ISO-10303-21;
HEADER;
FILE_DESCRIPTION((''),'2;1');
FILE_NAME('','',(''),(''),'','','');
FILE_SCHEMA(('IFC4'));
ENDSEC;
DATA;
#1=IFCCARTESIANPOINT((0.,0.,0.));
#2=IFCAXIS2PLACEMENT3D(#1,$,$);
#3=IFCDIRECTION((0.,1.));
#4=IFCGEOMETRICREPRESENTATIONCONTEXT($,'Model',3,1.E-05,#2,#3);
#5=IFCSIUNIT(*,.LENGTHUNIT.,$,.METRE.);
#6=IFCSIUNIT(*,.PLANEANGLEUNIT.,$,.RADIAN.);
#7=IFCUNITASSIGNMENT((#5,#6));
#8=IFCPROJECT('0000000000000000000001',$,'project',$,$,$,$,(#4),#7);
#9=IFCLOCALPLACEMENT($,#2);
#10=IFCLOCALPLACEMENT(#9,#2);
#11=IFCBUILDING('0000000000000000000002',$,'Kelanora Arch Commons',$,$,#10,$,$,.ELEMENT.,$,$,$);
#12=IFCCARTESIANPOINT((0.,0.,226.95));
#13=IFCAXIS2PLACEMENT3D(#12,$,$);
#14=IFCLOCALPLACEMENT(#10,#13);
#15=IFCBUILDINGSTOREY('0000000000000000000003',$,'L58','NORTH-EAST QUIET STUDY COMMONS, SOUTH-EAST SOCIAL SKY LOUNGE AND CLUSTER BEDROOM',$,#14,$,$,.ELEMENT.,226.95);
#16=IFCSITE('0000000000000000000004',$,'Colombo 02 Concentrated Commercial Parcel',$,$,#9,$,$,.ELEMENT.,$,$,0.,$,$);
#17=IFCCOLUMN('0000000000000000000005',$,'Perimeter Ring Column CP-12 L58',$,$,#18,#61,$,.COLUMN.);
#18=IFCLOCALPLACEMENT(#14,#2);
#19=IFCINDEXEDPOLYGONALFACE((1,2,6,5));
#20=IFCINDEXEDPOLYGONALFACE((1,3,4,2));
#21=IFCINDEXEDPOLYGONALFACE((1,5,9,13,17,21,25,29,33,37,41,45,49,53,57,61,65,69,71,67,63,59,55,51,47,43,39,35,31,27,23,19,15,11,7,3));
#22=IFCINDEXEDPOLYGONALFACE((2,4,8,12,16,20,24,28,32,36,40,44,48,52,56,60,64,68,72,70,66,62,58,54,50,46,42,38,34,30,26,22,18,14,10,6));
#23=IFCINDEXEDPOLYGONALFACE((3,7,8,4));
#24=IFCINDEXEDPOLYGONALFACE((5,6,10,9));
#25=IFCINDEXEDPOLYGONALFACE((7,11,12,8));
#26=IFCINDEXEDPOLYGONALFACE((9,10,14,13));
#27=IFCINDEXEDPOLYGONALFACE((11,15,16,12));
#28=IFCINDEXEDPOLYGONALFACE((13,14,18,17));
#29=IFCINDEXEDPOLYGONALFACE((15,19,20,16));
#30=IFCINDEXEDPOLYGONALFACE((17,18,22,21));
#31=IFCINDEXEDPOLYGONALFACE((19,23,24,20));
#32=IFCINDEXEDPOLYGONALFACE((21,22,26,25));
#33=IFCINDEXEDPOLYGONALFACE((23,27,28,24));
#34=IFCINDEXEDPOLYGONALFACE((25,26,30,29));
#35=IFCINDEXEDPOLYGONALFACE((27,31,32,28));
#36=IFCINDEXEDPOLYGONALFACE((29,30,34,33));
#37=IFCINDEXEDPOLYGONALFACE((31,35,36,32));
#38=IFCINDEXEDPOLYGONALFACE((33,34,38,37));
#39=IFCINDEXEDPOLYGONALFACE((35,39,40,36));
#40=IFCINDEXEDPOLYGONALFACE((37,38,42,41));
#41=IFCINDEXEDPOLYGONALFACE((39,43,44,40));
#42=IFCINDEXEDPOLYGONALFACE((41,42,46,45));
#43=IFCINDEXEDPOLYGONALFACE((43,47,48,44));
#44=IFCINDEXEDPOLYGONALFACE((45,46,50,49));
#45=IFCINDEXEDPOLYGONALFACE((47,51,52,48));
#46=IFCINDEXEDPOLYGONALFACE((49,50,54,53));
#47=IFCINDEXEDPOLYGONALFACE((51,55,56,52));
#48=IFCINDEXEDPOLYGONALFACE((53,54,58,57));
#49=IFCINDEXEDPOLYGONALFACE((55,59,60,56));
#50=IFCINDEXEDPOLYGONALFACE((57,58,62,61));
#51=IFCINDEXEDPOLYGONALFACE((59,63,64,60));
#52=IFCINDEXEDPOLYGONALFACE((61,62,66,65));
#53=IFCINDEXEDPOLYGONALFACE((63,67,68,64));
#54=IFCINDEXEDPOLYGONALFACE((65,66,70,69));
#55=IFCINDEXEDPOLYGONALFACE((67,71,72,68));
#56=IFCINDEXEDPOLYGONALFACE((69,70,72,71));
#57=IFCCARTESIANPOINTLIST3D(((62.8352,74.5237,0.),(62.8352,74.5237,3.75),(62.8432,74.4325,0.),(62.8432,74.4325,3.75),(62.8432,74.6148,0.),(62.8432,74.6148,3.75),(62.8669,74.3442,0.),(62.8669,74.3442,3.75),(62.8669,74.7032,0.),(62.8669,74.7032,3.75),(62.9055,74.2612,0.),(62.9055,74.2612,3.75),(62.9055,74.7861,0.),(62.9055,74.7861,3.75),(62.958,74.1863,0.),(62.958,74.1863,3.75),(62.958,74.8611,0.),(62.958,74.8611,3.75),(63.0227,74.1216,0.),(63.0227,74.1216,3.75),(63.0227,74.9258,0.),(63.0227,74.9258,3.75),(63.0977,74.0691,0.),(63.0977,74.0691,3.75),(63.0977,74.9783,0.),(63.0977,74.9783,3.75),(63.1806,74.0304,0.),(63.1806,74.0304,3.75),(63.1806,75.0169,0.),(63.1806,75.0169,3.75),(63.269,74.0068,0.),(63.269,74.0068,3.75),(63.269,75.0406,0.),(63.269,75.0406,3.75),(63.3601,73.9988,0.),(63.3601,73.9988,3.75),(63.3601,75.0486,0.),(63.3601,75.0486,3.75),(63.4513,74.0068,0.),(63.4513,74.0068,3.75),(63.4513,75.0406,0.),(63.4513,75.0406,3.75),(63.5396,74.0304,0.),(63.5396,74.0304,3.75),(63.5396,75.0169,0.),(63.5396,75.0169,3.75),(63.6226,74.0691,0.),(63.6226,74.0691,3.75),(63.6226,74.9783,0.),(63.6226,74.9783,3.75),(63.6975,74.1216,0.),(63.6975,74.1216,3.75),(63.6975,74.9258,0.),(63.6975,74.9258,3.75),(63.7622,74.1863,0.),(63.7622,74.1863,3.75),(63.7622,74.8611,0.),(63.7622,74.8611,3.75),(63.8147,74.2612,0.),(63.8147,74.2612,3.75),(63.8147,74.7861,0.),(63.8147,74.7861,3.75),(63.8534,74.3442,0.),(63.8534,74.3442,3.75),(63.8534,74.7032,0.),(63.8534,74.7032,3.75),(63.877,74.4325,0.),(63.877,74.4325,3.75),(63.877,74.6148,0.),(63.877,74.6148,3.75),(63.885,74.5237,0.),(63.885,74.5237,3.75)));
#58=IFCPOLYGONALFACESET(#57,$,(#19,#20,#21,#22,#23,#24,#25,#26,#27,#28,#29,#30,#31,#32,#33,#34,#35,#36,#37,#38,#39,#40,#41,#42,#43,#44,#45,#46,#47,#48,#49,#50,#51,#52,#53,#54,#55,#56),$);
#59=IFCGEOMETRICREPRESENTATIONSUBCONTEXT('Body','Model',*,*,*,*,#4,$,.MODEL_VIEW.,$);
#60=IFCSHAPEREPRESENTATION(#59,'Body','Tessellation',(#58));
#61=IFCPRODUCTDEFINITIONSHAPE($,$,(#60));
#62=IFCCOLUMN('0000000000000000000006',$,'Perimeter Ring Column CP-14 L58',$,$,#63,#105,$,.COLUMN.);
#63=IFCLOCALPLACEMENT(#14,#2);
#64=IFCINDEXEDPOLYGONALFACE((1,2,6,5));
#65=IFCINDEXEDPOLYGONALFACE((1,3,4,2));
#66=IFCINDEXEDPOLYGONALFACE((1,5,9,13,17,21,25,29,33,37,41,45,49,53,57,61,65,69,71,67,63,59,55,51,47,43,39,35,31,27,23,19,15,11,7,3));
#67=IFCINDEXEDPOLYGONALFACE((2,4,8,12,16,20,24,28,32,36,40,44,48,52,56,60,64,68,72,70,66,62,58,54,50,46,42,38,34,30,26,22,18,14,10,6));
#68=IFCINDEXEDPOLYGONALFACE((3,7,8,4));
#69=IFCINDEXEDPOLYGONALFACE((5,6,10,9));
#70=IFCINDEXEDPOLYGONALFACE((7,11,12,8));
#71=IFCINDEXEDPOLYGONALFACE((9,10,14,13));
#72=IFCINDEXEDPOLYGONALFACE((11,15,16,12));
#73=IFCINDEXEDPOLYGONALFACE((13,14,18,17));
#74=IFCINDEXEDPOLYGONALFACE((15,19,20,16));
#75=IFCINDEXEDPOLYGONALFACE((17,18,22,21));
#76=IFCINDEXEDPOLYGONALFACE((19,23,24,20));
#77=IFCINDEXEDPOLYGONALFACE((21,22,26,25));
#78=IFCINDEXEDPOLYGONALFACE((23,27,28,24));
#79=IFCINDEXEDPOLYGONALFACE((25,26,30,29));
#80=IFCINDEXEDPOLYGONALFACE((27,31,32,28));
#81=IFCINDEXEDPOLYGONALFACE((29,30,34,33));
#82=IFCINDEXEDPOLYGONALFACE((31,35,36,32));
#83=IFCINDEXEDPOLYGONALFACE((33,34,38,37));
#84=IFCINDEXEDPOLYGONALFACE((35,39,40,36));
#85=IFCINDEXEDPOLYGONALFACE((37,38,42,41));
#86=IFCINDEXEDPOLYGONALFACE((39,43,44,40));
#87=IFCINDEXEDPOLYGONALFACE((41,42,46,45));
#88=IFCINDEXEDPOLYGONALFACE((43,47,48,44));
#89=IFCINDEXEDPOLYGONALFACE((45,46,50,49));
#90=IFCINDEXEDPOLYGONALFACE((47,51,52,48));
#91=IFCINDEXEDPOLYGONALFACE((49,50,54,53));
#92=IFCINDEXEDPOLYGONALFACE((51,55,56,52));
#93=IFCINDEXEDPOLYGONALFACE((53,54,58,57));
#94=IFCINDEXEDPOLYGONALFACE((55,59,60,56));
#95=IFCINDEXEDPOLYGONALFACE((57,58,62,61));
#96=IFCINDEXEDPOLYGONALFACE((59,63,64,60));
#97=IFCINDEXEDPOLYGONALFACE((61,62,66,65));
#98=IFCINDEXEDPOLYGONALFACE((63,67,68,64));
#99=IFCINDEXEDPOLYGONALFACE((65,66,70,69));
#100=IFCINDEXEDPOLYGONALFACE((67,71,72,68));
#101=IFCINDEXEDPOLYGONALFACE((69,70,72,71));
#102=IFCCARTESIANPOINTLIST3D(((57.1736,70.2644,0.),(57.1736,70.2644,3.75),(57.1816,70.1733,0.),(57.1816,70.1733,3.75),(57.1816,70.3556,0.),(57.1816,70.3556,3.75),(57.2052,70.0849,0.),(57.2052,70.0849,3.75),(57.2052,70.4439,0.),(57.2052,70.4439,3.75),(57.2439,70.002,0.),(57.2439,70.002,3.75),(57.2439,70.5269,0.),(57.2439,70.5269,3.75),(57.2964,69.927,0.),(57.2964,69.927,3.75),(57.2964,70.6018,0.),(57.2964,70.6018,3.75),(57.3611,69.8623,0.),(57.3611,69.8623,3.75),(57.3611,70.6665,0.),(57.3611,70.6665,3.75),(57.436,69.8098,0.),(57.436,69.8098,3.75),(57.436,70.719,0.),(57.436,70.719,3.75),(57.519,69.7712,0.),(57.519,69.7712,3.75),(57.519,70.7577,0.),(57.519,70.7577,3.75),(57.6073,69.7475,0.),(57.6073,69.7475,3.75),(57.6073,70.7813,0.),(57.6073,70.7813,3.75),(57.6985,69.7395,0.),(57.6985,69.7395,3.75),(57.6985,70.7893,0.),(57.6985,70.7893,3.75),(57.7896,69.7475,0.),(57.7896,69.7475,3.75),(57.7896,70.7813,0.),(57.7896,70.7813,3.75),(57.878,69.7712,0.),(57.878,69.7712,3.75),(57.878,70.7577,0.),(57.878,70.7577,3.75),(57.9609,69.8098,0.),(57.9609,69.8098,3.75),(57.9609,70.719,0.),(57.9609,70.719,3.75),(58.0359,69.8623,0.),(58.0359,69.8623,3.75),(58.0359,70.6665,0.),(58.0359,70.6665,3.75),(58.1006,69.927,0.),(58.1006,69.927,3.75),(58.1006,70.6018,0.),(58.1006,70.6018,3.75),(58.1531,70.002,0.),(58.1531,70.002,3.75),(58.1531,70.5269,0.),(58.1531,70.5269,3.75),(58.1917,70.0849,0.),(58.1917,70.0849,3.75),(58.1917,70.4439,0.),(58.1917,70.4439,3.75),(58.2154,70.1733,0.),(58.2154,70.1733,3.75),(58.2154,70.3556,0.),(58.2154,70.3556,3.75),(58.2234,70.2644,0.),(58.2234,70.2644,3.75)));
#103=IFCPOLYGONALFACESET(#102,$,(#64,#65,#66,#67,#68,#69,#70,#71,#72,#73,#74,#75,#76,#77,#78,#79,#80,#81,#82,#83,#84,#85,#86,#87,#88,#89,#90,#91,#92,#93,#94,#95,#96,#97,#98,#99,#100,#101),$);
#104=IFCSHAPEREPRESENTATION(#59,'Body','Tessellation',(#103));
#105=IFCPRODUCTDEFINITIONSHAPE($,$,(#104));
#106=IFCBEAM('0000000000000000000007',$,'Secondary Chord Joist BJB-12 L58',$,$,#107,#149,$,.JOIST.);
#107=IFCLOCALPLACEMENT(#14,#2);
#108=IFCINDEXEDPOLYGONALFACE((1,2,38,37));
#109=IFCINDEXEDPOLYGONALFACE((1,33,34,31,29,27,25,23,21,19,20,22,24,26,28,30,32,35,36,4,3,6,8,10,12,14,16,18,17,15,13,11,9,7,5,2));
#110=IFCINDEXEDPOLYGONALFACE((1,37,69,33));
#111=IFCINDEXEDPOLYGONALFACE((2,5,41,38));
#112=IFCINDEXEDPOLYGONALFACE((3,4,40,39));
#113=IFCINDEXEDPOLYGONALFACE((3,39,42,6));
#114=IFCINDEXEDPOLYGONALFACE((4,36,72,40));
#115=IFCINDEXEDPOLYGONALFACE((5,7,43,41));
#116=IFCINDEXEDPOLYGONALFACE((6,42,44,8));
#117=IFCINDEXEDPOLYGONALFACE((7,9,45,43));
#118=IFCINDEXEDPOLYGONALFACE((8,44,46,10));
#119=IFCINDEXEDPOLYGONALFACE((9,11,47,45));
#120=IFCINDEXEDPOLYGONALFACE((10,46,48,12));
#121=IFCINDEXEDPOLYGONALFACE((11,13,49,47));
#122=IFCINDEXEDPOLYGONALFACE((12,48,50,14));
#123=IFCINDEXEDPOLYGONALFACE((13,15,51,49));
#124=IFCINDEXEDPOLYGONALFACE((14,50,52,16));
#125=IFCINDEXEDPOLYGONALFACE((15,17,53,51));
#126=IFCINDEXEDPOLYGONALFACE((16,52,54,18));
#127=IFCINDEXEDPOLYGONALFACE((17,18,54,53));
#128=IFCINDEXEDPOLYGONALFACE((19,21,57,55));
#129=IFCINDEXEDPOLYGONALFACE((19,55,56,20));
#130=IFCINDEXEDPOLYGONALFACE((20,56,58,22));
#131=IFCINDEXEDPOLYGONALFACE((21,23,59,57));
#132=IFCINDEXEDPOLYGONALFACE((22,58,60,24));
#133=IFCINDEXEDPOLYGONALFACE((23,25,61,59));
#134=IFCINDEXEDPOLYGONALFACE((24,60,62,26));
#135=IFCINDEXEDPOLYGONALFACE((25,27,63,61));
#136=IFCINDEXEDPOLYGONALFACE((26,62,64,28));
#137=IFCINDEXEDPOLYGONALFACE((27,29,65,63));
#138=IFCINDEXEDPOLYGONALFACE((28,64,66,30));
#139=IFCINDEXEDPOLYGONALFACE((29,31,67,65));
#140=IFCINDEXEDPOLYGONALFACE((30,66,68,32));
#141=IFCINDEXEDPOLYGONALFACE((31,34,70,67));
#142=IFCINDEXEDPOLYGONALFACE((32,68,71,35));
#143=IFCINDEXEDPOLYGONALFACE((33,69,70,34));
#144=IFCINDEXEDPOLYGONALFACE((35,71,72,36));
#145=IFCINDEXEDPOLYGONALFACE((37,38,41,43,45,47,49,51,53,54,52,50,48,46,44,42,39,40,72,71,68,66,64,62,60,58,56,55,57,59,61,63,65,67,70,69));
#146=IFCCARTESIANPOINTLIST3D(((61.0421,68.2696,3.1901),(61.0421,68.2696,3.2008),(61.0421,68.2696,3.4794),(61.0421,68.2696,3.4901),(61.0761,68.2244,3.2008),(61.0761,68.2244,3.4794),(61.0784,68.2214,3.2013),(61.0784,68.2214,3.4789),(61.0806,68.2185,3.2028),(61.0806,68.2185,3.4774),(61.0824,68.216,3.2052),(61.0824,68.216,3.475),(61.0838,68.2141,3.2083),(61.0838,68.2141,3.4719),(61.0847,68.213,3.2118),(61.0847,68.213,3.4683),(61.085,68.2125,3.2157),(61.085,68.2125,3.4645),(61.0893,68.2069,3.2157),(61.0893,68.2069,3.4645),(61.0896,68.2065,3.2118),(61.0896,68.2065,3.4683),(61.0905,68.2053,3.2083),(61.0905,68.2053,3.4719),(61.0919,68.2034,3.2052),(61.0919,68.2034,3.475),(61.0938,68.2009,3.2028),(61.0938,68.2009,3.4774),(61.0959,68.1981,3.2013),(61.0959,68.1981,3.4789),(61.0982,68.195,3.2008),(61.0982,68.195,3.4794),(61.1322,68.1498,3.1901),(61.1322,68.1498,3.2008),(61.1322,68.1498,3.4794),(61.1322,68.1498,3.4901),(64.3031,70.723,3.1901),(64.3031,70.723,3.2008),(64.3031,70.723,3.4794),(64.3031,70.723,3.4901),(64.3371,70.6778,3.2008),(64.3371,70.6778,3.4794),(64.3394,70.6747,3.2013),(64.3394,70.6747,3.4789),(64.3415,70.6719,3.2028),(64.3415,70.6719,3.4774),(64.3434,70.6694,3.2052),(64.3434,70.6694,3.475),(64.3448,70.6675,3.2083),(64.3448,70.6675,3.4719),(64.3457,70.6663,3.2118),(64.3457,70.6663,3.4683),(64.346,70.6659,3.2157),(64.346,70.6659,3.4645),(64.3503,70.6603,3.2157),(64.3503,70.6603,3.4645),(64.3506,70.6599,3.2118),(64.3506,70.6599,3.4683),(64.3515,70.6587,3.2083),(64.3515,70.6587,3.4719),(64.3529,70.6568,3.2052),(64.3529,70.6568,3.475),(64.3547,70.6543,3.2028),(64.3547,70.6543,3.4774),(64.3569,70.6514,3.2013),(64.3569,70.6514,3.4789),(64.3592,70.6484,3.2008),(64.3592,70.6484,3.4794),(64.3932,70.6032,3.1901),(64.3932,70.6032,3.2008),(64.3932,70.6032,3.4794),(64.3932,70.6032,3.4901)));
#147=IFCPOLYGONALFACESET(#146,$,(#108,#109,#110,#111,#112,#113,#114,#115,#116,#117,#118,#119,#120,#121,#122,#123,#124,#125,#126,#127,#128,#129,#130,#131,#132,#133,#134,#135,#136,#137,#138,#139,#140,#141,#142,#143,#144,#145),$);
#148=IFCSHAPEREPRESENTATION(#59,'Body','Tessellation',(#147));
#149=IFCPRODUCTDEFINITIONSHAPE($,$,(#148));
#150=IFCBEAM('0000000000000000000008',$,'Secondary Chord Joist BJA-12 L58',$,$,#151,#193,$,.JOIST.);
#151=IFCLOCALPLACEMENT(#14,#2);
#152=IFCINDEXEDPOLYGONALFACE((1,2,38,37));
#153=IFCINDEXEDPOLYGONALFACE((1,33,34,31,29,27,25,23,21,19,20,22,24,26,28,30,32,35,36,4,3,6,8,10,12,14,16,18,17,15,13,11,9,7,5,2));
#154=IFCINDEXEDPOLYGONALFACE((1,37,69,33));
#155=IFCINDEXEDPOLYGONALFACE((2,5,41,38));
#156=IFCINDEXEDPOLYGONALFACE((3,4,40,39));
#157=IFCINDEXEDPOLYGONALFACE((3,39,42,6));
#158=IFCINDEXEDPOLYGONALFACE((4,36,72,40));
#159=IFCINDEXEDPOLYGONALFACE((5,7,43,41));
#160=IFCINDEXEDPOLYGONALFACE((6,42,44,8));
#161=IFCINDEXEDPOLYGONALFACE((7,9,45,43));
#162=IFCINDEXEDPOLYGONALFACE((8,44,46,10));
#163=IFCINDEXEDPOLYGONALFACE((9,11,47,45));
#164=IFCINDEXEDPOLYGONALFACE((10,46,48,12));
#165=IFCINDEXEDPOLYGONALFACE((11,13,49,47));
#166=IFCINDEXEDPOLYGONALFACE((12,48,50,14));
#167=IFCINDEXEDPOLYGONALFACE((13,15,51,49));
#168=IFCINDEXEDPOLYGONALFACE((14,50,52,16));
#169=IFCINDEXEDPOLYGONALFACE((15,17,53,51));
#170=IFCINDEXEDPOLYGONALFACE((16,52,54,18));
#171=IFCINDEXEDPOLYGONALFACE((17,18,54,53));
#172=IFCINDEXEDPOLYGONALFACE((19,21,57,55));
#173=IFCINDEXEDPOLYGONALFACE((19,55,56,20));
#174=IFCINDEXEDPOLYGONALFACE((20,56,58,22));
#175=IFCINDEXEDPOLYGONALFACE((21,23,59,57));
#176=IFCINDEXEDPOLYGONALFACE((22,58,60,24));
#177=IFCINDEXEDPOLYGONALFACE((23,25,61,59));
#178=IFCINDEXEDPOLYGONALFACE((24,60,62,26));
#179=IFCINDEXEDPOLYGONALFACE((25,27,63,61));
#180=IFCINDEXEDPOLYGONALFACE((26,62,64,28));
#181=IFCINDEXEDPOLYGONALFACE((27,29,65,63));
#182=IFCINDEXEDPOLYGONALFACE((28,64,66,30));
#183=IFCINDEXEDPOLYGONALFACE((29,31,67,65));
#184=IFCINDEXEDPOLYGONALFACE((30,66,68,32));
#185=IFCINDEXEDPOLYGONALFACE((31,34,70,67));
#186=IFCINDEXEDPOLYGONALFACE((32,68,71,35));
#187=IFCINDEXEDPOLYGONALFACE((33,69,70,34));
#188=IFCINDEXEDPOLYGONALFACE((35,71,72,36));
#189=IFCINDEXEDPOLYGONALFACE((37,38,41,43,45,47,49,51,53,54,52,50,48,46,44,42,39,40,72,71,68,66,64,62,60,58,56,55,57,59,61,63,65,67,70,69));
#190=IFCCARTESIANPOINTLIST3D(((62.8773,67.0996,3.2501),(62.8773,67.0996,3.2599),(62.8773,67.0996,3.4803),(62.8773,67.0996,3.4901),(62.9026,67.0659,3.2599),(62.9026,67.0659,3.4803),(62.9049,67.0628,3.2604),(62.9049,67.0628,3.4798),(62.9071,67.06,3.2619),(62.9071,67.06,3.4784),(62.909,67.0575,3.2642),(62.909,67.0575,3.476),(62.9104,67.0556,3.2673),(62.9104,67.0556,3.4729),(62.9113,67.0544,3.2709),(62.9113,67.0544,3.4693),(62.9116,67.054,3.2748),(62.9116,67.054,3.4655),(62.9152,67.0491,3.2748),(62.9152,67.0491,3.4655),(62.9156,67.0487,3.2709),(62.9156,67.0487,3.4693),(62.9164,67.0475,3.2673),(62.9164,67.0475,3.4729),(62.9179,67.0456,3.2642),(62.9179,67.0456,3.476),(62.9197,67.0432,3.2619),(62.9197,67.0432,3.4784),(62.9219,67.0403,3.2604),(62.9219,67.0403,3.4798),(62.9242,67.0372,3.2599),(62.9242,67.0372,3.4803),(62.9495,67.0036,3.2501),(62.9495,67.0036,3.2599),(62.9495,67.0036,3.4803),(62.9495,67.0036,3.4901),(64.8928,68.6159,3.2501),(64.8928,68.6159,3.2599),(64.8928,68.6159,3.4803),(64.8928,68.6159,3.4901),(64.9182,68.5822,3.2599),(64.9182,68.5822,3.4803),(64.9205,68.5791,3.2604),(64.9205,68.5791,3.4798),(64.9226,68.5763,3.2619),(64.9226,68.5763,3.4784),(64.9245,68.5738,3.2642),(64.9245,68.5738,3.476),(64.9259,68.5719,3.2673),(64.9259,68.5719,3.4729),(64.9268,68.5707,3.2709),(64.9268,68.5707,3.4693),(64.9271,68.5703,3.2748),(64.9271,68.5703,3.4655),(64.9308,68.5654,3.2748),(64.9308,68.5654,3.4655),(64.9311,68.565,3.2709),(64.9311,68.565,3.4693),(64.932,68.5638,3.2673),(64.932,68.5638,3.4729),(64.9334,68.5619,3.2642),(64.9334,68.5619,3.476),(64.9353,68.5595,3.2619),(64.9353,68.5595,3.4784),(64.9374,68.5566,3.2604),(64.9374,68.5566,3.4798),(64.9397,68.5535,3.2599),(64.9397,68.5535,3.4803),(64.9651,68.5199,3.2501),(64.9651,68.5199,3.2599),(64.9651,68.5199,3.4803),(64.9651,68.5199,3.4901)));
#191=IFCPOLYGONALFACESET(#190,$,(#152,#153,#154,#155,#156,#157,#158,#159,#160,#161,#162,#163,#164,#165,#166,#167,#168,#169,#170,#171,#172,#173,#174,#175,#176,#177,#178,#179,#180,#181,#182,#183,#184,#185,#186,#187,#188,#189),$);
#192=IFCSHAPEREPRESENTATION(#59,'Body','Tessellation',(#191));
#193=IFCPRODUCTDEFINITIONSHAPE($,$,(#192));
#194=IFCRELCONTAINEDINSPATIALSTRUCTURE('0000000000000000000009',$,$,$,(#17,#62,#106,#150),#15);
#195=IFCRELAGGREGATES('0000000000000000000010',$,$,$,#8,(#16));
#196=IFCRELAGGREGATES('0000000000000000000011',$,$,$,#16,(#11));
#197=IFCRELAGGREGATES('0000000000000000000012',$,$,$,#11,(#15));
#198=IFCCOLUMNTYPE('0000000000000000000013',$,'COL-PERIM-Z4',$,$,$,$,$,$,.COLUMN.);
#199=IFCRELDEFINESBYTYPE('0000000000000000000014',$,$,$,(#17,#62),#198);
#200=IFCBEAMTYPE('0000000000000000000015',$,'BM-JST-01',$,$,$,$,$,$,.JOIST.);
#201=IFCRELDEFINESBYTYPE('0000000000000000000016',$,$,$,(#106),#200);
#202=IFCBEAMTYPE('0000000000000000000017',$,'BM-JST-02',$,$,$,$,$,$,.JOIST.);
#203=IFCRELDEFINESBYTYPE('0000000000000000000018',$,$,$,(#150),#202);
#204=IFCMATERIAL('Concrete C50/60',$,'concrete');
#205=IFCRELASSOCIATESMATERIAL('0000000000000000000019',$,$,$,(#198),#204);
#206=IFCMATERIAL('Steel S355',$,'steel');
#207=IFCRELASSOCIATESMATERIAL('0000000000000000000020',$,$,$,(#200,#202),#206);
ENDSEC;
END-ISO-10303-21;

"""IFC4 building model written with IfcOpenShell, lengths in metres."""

from ifc_helpers import new_model, si_unit, direction, frame, origin, origin_2d, place, context, subcontext, project, spatial, circle, i_section, extrude, material, material_profile, profile_set, type_object, element, save


model = new_model("IFC4")

# Units and contexts
model_context = context("Model", 3, precision=1e-05, world=origin(), true_north=direction((0.0, 1.0)))
body_context = subcontext(model_context, "Body", "Model", "MODEL_VIEW")
ifc_project = project(units=[si_unit("LENGTHUNIT", "METRE"), si_unit("PLANEANGLEUNIT", "RADIAN")], contexts=[model_context])

# Site, building, storey
site_placement = place(None, origin())
site = spatial("IfcSite", under=ifc_project, at=site_placement, Name="Colombo 02 Concentrated Commercial Parcel", CompositionType="ELEMENT", RefElevation=0.0)
building_placement = place(site_placement, origin())
building = spatial("IfcBuilding", under=site, at=building_placement, Name="Kelanora Arch Commons", CompositionType="ELEMENT")
storey_placement = place(building_placement, frame((0.0, 0.0, 226.95)))
storey = spatial("IfcBuildingStorey", under=building, at=storey_placement, Name="L58", Description="NORTH-EAST QUIET STUDY COMMONS, SOUTH-EAST SOCIAL SKY LOUNGE AND CLUSTER BEDROOM", CompositionType="ELEMENT", Elevation=226.95)

# Columns
ifc_material_1 = material(Name="Concrete C50/60", Category="concrete")
ifc_material_profile_1 = material_profile(ifc_material_1, circle(Radius=0.5249, at=origin_2d()), Name="RCC1050")
ifc_profile_set_1 = profile_set([ifc_material_profile_1], Name="Concrete C50/60")
column_type = type_object("IfcColumnType", Name="COL-PERIM-Z4", PredefinedType="COLUMN", material=ifc_profile_set_1)
for number, where, z_axis, x_axis, name in (
    (1, (63.3601, 74.5237, 0.0), (0.0, 0.0, 1.0), (1.0, 0.0, 0.0), "Perimeter Ring Column CP-12 L58"),
    (2, (57.6985, 70.2644, 0.0), (0.0, 0.0, 1.0), (1.0, 0.0, 0.0), "Perimeter Ring Column CP-14 L58"),
):
    element("IfcColumn", number, at=place(storey_placement, frame(where, z_axis=z_axis, x_axis=x_axis)), inside=storey, type_object=column_type, Name=name, PredefinedType="COLUMN", context=body_context, shape_type="SweptSolid", body=[
        extrude(circle(Radius=0.5249, at=origin_2d()), origin(), (0.0, 0.0, 1.0), 3.75),
    ])

# Beams
ifc_material_2 = material(Name="Steel S355", Category="steel")
ifc_material_profile_2 = material_profile(ifc_material_2, i_section(OverallWidth=0.1499, OverallDepth=0.3, WebThickness=0.0071, FlangeThickness=0.0107, FilletRadius=0.0149, at=origin_2d()), Name="IPE300")
ifc_profile_set_2 = profile_set([ifc_material_profile_2], Name="Steel S355")
beam_type_1 = type_object("IfcBeamType", Name="BM-JST-01", PredefinedType="JOIST", material=ifc_profile_set_2)
beam_1_placement = place(storey_placement, frame((64.3481, 70.6631, 3.3401), z_axis=(-0.799102, -0.601196, 0.0), x_axis=(0.601196, -0.799102, 0.0)))
element("IfcBeam", 3, at=beam_1_placement, inside=storey, type_object=beam_type_1, Name="Secondary Chord Joist BJB-12 L58", PredefinedType="JOIST", context=body_context, shape_type="SweptSolid", body=[
    extrude(i_section(OverallWidth=0.1499, OverallDepth=0.3, WebThickness=0.0071, FlangeThickness=0.0107, FilletRadius=0.0149, at=origin_2d()), origin(), (0.0, 0.0, 1.0), 4.0808),
])
ifc_material_profile_3 = material_profile(ifc_material_2, i_section(OverallWidth=0.1201, OverallDepth=0.24, WebThickness=0.0061, FlangeThickness=0.0098, FilletRadius=0.0149, at=origin_2d()), Name="IPE240")
ifc_profile_set_3 = profile_set([ifc_material_profile_3], Name="Steel S355")
beam_type_2 = type_object("IfcBeamType", Name="BM-JST-02", PredefinedType="JOIST", material=ifc_profile_set_3)
beam_2_placement = place(storey_placement, frame((64.929, 68.5679, 3.3701), z_axis=(-0.799116, -0.601176, 0.0), x_axis=(0.601176, -0.799116, 0.0)))
element("IfcBeam", 4, at=beam_2_placement, inside=storey, type_object=beam_type_2, Name="Secondary Chord Joist BJA-12 L58", PredefinedType="JOIST", context=body_context, shape_type="SweptSolid", body=[
    extrude(i_section(OverallWidth=0.1201, OverallDepth=0.24, WebThickness=0.0061, FlangeThickness=0.0098, FilletRadius=0.0149, at=origin_2d()), origin(), (0.0, 0.0, 1.0), 2.5222),
])

save(model, "model.ifc")
